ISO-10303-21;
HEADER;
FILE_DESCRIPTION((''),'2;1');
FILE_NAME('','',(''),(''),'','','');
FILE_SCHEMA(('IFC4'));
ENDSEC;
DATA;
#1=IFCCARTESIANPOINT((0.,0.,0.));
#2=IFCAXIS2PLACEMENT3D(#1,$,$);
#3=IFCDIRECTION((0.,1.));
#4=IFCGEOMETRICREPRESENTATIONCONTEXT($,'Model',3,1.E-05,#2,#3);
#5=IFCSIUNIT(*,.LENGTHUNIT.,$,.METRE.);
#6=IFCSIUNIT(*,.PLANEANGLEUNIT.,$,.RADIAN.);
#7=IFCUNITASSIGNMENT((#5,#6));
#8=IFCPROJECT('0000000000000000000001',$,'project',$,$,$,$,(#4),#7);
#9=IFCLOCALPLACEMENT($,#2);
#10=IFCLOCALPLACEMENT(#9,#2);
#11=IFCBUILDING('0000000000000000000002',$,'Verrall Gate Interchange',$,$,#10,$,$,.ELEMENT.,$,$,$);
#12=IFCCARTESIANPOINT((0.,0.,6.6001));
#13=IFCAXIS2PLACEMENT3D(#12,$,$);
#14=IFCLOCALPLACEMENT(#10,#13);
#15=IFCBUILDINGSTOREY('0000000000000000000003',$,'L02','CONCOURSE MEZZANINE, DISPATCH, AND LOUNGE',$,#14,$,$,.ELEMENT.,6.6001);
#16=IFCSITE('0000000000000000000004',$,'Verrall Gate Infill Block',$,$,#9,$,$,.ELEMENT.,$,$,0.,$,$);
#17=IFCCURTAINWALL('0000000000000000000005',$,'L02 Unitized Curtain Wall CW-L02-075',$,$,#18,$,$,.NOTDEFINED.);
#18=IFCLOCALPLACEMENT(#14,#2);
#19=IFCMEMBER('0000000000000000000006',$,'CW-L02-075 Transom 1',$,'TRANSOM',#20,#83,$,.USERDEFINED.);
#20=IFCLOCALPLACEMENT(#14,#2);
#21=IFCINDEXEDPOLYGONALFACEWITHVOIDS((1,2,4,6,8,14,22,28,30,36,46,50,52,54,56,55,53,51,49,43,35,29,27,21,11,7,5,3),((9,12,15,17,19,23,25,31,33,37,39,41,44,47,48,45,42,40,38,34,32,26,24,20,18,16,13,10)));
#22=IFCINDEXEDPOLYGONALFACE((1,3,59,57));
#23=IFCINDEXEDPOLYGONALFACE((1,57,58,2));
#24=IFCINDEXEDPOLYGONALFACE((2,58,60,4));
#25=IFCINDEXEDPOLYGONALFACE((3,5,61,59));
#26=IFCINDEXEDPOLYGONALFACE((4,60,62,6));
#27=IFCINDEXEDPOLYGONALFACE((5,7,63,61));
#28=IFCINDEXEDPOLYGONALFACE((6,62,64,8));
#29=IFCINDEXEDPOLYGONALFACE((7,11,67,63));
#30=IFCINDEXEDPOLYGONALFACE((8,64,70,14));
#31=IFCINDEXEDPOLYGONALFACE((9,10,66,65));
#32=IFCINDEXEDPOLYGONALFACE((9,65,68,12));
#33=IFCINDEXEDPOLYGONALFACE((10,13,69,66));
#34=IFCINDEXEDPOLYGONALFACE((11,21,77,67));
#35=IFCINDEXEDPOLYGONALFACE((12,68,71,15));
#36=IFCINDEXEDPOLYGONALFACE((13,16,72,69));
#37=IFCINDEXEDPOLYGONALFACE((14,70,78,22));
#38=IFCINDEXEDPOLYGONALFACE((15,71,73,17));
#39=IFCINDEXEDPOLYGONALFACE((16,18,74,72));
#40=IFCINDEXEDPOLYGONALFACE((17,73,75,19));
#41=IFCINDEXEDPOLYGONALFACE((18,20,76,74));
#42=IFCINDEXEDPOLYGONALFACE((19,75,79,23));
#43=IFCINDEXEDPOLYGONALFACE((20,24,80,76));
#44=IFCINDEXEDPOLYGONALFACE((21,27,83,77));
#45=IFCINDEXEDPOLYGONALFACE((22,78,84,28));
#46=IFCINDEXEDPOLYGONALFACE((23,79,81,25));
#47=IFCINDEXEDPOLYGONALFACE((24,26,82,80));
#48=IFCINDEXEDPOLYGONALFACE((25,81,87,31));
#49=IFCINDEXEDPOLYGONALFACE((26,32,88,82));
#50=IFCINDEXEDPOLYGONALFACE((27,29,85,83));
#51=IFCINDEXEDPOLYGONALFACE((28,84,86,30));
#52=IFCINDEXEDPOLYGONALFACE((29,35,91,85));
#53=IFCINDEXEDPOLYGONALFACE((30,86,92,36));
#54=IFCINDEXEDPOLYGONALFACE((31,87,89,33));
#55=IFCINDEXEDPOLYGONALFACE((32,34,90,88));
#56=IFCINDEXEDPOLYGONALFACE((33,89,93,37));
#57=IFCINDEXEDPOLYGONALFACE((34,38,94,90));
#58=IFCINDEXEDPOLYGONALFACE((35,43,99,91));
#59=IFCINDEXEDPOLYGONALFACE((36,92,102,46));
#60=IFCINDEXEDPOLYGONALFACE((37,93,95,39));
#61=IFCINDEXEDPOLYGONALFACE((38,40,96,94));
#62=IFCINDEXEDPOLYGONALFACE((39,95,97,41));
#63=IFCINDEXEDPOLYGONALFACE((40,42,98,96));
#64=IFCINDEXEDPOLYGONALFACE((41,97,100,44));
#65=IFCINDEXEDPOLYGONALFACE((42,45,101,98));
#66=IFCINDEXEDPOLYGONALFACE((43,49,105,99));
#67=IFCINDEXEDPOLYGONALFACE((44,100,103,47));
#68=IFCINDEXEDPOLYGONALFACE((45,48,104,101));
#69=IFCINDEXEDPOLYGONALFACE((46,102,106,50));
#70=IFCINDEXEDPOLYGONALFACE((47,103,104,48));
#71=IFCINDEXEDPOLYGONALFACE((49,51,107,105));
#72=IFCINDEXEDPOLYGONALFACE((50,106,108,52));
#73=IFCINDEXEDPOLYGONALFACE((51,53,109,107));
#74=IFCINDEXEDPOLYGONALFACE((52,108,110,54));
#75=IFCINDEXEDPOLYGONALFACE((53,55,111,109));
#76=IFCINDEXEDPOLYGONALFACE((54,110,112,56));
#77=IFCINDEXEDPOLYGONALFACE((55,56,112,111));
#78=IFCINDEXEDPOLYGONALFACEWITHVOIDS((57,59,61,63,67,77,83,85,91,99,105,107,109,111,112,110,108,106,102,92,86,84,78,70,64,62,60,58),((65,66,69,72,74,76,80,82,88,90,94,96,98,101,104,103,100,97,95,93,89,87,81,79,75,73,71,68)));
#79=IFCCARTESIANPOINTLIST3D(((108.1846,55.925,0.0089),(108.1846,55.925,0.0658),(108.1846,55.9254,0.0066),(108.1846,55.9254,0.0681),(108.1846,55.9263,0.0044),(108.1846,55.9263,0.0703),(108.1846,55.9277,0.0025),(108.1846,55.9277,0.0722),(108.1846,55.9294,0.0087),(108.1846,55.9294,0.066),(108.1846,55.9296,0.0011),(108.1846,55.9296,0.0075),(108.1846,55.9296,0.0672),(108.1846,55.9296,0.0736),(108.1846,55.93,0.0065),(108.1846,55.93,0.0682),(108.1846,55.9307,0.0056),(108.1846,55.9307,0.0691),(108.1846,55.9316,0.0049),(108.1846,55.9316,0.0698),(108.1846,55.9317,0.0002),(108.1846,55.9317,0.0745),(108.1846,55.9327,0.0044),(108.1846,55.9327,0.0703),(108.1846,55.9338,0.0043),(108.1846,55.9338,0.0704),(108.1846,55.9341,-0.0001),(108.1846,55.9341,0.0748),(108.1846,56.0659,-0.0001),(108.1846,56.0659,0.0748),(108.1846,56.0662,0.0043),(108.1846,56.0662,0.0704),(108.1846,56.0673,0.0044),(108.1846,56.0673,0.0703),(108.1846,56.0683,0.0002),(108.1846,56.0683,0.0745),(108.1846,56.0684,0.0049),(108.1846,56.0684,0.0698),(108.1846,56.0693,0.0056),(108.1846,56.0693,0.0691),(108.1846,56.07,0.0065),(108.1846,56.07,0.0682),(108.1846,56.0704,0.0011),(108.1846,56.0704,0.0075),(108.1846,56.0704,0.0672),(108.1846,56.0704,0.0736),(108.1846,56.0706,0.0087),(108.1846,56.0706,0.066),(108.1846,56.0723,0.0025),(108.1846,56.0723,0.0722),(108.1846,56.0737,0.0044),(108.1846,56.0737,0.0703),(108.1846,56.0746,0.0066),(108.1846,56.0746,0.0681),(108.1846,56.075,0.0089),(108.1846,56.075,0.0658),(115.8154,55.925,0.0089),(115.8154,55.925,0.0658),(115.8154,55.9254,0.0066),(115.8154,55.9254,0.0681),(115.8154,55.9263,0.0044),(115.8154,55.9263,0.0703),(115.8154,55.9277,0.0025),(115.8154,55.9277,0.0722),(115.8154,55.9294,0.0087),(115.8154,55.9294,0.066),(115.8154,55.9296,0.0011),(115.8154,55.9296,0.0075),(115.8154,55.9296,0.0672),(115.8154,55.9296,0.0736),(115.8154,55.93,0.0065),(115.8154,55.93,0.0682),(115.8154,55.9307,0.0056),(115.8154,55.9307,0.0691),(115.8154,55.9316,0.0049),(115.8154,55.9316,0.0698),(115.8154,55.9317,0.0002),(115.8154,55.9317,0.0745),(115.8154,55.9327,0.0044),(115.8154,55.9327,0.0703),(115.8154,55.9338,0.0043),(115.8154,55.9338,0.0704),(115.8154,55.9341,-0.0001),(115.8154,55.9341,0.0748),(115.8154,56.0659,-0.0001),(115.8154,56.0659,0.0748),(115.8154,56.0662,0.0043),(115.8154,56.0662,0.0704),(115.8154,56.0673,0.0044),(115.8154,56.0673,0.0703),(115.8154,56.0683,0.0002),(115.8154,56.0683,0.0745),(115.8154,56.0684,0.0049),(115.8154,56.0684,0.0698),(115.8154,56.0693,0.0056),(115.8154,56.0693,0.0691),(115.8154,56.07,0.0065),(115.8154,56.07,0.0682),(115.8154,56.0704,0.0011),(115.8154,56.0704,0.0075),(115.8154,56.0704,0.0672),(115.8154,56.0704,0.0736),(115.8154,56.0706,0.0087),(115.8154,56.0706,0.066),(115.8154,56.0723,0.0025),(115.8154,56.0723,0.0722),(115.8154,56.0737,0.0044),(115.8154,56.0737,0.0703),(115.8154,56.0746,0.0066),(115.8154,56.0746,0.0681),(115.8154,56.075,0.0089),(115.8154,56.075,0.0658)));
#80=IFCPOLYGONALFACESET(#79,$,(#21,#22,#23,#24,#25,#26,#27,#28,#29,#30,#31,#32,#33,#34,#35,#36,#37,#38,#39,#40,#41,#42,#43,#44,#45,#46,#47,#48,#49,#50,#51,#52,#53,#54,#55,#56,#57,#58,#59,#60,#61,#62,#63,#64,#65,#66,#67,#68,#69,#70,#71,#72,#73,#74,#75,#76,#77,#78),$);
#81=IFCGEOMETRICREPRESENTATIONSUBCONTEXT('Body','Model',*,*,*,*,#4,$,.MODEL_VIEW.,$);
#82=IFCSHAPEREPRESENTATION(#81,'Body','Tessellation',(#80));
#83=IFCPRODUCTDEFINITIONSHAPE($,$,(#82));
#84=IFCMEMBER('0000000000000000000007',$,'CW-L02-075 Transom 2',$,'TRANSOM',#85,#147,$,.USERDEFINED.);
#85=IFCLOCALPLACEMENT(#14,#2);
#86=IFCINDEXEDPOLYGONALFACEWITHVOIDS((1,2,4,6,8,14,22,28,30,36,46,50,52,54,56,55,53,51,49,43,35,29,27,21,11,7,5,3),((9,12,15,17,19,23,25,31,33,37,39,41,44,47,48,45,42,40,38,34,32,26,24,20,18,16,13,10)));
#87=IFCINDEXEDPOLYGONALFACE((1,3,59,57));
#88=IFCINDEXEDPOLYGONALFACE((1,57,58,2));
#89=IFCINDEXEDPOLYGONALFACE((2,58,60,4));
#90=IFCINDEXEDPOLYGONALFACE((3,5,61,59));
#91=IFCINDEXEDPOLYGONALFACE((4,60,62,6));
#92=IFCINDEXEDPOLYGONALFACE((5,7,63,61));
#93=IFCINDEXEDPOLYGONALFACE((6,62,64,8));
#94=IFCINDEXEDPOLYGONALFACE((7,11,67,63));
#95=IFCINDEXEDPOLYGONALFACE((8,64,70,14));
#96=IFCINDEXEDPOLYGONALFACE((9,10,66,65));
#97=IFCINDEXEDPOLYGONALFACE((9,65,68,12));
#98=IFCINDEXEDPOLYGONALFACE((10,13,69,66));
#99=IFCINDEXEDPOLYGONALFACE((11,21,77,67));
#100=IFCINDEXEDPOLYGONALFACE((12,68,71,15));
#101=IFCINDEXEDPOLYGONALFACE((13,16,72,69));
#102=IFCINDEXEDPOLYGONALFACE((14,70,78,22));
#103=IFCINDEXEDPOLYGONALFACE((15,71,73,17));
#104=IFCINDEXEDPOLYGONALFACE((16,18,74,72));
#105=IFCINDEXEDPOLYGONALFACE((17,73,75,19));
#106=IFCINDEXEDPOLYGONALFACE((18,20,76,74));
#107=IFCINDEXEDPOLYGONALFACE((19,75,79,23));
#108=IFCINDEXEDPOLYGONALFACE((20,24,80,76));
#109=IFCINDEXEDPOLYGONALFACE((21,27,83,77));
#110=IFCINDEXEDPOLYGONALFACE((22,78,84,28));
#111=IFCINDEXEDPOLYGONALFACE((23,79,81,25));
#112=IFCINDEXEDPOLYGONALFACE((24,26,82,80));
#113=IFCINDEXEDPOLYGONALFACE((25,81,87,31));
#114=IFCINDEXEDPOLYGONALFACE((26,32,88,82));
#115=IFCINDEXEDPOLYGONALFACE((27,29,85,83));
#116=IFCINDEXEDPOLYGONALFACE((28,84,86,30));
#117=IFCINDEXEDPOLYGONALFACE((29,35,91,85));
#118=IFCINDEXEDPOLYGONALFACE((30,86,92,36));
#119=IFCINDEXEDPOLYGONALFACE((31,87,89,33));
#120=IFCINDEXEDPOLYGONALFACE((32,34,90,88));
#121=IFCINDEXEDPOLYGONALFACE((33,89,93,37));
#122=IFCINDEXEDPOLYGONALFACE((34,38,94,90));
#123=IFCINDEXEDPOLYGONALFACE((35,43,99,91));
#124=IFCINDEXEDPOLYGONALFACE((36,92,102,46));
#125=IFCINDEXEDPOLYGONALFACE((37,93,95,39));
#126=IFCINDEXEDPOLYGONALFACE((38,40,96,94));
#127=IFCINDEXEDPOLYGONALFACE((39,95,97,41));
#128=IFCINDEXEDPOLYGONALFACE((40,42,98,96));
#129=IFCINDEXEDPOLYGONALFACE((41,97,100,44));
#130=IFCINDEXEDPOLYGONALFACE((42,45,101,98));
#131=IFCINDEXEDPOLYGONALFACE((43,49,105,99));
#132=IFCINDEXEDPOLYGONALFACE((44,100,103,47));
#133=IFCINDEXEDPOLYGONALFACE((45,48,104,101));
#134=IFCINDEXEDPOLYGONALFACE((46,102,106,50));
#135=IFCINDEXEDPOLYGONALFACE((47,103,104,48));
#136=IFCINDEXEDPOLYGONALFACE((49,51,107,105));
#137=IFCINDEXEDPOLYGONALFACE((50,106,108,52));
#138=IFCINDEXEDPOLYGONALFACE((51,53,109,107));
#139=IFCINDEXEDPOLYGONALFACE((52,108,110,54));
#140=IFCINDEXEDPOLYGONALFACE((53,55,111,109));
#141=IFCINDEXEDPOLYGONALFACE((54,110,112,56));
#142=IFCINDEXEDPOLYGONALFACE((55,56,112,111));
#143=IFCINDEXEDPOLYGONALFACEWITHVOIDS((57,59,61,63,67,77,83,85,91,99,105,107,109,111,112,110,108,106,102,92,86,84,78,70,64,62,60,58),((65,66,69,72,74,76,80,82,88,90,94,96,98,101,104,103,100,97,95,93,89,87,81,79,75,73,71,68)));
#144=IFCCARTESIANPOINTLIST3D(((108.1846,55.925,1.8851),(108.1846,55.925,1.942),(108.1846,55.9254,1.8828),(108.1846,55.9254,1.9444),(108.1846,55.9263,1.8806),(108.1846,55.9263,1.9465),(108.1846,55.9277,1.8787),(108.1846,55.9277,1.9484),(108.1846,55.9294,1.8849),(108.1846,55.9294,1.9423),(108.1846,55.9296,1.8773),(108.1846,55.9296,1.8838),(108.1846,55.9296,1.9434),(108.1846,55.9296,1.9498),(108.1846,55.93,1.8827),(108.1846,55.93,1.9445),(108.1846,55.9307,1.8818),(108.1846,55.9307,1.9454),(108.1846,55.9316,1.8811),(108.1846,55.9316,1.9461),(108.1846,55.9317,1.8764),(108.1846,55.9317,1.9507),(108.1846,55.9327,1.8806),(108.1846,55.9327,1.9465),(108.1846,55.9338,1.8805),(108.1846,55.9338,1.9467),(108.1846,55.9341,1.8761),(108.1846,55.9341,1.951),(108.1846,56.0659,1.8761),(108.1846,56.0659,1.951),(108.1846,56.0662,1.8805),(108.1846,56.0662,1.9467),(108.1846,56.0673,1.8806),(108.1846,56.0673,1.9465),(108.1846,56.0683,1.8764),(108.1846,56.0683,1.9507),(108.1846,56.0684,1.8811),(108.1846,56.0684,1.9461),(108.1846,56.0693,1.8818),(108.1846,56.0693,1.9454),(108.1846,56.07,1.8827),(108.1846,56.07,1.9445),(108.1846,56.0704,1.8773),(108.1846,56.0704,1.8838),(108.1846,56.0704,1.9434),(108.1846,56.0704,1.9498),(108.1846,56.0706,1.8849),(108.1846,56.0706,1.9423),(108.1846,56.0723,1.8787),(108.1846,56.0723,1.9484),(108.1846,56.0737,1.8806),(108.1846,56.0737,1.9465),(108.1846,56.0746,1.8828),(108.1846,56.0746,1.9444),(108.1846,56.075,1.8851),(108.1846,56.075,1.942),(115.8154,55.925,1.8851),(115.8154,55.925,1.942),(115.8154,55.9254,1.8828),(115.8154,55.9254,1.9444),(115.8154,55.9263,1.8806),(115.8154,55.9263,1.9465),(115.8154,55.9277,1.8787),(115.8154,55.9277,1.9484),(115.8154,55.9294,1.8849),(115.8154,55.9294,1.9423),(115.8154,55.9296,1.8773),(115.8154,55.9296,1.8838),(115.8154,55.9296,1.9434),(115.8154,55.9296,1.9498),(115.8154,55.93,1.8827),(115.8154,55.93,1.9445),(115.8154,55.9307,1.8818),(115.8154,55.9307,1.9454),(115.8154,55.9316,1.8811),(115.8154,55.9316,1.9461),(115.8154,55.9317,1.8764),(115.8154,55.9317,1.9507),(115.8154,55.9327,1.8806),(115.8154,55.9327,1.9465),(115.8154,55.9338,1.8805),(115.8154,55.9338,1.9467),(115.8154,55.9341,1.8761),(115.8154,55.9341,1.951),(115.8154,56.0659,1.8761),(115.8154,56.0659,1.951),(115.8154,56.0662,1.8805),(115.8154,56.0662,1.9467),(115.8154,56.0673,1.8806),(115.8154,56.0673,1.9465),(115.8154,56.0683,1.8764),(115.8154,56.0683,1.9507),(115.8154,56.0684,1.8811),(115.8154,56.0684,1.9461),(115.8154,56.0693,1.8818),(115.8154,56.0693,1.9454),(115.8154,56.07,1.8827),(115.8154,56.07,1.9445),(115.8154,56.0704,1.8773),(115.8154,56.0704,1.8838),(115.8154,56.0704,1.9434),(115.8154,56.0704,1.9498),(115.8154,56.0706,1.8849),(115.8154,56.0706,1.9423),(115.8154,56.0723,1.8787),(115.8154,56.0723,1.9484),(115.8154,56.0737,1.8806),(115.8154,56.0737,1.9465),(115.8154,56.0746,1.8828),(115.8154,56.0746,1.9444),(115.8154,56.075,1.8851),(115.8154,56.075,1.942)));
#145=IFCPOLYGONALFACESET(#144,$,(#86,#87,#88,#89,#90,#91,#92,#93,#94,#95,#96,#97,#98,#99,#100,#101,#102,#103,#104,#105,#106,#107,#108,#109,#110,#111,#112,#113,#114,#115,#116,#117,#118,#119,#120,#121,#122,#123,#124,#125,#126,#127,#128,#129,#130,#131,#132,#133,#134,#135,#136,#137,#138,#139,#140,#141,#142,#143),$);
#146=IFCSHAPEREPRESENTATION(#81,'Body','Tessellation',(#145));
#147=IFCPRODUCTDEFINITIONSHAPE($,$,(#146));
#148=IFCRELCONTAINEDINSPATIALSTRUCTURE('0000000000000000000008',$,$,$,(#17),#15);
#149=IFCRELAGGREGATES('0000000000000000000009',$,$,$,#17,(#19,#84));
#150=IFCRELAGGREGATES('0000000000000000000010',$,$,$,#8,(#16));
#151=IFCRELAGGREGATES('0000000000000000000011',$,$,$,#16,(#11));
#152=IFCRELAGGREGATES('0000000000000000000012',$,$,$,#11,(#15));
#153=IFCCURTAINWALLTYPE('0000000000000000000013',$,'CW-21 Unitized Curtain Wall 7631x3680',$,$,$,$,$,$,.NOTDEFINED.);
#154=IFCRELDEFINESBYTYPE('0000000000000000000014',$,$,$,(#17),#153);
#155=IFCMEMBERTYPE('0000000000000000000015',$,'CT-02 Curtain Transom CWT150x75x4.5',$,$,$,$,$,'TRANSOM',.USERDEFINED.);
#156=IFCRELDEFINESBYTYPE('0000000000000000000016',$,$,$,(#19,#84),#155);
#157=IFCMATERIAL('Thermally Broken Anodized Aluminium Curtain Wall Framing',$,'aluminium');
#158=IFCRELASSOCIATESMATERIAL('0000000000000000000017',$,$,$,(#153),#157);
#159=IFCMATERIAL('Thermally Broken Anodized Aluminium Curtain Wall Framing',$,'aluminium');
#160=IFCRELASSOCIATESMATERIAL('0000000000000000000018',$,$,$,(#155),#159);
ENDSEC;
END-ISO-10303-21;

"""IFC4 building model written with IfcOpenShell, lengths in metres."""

from ifc_helpers import new_model, si_unit, direction, frame, origin, origin_2d, place, context, subcontext, project, spatial, hollow_rectangle, extrude, material, material_profile, profile_set, type_object, element, aggregate, save


model = new_model("IFC4")

# Units and contexts
model_context = context("Model", 3, precision=1e-05, world=origin(), true_north=direction((0.0, 1.0)))
body_context = subcontext(model_context, "Body", "Model", "MODEL_VIEW")
ifc_project = project(units=[si_unit("LENGTHUNIT", "METRE"), si_unit("PLANEANGLEUNIT", "RADIAN")], contexts=[model_context])

# Site, building, storey
site_placement = place(None, origin())
site = spatial("IfcSite", under=ifc_project, at=site_placement, Name="Verrall Gate Infill Block", CompositionType="ELEMENT", RefElevation=0.0)
building_placement = place(site_placement, origin())
building = spatial("IfcBuilding", under=site, at=building_placement, Name="Verrall Gate Interchange", CompositionType="ELEMENT")
storey_placement = place(building_placement, frame((0.0, 0.0, 6.6001)))
storey = spatial("IfcBuildingStorey", under=building, at=storey_placement, Name="L02", Description="CONCOURSE MEZZANINE, DISPATCH, AND LOUNGE", CompositionType="ELEMENT", Elevation=6.6001)

# Shared definitions
ifc_material_1 = material(Name="Thermally Broken Anodized Aluminium Curtain Wall Framing", Category="aluminium")
curtain_wall_type = type_object("IfcCurtainWallType", Name="CW-21 Unitized Curtain Wall 7631x3680", PredefinedType="NOTDEFINED", material=ifc_material_1)

# Curtain wall
curtain_wall_1_placement = place(storey_placement, origin())
curtain_wall_1 = element("IfcCurtainWall", 1, at=curtain_wall_1_placement, inside=storey, type_object=curtain_wall_type, Name="L02 Unitized Curtain Wall CW-L02-075", PredefinedType="NOTDEFINED")

# Members
ifc_material_2 = material(Name="Thermally Broken Anodized Aluminium Curtain Wall Framing", Category="aluminium")
ifc_material_profile_1 = material_profile(ifc_material_2, hollow_rectangle(XDim=0.1499, YDim=0.075, WallThickness=0.0044, InnerFilletRadius=0.0044, OuterFilletRadius=0.009, at=origin_2d()), Name="CWT150x75x4.5")
ifc_profile_set_1 = profile_set([ifc_material_profile_1], Name="Thermally Broken Anodized Aluminium Curtain Wall Framing")
member_type_1 = type_object("IfcMemberType", Name="CT-02 Curtain Transom CWT150x75x4.5", ElementType="TRANSOM", PredefinedType="USERDEFINED", material=ifc_profile_set_1)
member_1_placement = place(storey_placement, frame((115.8154, 56.0, 0.0374), z_axis=(-1.0, 0.0, 0.0), x_axis=(0.0, -1.0, 0.0)))
member_1 = element("IfcMember", 2, at=member_1_placement, type_object=member_type_1, Name="CW-L02-075 Transom 1", ObjectType="TRANSOM", PredefinedType="USERDEFINED", context=body_context, shape_type="SweptSolid", body=[
    extrude(hollow_rectangle(XDim=0.1499, YDim=0.075, WallThickness=0.0044, InnerFilletRadius=0.0044, OuterFilletRadius=0.009, at=origin_2d()), origin(), (0.0, 0.0, 1.0), 7.6309),
])
member_2_placement = place(storey_placement, frame((115.8154, 56.0, 1.9136), z_axis=(-1.0, 0.0, 0.0), x_axis=(0.0, -1.0, 0.0)))
member_2 = element("IfcMember", 3, at=member_2_placement, type_object=member_type_1, Name="CW-L02-075 Transom 2", ObjectType="TRANSOM", PredefinedType="USERDEFINED", context=body_context, shape_type="SweptSolid", body=[
    extrude(hollow_rectangle(XDim=0.1499, YDim=0.075, WallThickness=0.0044, InnerFilletRadius=0.0044, OuterFilletRadius=0.009, at=origin_2d()), origin(), (0.0, 0.0, 1.0), 7.6309),
])

aggregate(curtain_wall_1, [member_1, member_2])

save(model, "model.ifc")
